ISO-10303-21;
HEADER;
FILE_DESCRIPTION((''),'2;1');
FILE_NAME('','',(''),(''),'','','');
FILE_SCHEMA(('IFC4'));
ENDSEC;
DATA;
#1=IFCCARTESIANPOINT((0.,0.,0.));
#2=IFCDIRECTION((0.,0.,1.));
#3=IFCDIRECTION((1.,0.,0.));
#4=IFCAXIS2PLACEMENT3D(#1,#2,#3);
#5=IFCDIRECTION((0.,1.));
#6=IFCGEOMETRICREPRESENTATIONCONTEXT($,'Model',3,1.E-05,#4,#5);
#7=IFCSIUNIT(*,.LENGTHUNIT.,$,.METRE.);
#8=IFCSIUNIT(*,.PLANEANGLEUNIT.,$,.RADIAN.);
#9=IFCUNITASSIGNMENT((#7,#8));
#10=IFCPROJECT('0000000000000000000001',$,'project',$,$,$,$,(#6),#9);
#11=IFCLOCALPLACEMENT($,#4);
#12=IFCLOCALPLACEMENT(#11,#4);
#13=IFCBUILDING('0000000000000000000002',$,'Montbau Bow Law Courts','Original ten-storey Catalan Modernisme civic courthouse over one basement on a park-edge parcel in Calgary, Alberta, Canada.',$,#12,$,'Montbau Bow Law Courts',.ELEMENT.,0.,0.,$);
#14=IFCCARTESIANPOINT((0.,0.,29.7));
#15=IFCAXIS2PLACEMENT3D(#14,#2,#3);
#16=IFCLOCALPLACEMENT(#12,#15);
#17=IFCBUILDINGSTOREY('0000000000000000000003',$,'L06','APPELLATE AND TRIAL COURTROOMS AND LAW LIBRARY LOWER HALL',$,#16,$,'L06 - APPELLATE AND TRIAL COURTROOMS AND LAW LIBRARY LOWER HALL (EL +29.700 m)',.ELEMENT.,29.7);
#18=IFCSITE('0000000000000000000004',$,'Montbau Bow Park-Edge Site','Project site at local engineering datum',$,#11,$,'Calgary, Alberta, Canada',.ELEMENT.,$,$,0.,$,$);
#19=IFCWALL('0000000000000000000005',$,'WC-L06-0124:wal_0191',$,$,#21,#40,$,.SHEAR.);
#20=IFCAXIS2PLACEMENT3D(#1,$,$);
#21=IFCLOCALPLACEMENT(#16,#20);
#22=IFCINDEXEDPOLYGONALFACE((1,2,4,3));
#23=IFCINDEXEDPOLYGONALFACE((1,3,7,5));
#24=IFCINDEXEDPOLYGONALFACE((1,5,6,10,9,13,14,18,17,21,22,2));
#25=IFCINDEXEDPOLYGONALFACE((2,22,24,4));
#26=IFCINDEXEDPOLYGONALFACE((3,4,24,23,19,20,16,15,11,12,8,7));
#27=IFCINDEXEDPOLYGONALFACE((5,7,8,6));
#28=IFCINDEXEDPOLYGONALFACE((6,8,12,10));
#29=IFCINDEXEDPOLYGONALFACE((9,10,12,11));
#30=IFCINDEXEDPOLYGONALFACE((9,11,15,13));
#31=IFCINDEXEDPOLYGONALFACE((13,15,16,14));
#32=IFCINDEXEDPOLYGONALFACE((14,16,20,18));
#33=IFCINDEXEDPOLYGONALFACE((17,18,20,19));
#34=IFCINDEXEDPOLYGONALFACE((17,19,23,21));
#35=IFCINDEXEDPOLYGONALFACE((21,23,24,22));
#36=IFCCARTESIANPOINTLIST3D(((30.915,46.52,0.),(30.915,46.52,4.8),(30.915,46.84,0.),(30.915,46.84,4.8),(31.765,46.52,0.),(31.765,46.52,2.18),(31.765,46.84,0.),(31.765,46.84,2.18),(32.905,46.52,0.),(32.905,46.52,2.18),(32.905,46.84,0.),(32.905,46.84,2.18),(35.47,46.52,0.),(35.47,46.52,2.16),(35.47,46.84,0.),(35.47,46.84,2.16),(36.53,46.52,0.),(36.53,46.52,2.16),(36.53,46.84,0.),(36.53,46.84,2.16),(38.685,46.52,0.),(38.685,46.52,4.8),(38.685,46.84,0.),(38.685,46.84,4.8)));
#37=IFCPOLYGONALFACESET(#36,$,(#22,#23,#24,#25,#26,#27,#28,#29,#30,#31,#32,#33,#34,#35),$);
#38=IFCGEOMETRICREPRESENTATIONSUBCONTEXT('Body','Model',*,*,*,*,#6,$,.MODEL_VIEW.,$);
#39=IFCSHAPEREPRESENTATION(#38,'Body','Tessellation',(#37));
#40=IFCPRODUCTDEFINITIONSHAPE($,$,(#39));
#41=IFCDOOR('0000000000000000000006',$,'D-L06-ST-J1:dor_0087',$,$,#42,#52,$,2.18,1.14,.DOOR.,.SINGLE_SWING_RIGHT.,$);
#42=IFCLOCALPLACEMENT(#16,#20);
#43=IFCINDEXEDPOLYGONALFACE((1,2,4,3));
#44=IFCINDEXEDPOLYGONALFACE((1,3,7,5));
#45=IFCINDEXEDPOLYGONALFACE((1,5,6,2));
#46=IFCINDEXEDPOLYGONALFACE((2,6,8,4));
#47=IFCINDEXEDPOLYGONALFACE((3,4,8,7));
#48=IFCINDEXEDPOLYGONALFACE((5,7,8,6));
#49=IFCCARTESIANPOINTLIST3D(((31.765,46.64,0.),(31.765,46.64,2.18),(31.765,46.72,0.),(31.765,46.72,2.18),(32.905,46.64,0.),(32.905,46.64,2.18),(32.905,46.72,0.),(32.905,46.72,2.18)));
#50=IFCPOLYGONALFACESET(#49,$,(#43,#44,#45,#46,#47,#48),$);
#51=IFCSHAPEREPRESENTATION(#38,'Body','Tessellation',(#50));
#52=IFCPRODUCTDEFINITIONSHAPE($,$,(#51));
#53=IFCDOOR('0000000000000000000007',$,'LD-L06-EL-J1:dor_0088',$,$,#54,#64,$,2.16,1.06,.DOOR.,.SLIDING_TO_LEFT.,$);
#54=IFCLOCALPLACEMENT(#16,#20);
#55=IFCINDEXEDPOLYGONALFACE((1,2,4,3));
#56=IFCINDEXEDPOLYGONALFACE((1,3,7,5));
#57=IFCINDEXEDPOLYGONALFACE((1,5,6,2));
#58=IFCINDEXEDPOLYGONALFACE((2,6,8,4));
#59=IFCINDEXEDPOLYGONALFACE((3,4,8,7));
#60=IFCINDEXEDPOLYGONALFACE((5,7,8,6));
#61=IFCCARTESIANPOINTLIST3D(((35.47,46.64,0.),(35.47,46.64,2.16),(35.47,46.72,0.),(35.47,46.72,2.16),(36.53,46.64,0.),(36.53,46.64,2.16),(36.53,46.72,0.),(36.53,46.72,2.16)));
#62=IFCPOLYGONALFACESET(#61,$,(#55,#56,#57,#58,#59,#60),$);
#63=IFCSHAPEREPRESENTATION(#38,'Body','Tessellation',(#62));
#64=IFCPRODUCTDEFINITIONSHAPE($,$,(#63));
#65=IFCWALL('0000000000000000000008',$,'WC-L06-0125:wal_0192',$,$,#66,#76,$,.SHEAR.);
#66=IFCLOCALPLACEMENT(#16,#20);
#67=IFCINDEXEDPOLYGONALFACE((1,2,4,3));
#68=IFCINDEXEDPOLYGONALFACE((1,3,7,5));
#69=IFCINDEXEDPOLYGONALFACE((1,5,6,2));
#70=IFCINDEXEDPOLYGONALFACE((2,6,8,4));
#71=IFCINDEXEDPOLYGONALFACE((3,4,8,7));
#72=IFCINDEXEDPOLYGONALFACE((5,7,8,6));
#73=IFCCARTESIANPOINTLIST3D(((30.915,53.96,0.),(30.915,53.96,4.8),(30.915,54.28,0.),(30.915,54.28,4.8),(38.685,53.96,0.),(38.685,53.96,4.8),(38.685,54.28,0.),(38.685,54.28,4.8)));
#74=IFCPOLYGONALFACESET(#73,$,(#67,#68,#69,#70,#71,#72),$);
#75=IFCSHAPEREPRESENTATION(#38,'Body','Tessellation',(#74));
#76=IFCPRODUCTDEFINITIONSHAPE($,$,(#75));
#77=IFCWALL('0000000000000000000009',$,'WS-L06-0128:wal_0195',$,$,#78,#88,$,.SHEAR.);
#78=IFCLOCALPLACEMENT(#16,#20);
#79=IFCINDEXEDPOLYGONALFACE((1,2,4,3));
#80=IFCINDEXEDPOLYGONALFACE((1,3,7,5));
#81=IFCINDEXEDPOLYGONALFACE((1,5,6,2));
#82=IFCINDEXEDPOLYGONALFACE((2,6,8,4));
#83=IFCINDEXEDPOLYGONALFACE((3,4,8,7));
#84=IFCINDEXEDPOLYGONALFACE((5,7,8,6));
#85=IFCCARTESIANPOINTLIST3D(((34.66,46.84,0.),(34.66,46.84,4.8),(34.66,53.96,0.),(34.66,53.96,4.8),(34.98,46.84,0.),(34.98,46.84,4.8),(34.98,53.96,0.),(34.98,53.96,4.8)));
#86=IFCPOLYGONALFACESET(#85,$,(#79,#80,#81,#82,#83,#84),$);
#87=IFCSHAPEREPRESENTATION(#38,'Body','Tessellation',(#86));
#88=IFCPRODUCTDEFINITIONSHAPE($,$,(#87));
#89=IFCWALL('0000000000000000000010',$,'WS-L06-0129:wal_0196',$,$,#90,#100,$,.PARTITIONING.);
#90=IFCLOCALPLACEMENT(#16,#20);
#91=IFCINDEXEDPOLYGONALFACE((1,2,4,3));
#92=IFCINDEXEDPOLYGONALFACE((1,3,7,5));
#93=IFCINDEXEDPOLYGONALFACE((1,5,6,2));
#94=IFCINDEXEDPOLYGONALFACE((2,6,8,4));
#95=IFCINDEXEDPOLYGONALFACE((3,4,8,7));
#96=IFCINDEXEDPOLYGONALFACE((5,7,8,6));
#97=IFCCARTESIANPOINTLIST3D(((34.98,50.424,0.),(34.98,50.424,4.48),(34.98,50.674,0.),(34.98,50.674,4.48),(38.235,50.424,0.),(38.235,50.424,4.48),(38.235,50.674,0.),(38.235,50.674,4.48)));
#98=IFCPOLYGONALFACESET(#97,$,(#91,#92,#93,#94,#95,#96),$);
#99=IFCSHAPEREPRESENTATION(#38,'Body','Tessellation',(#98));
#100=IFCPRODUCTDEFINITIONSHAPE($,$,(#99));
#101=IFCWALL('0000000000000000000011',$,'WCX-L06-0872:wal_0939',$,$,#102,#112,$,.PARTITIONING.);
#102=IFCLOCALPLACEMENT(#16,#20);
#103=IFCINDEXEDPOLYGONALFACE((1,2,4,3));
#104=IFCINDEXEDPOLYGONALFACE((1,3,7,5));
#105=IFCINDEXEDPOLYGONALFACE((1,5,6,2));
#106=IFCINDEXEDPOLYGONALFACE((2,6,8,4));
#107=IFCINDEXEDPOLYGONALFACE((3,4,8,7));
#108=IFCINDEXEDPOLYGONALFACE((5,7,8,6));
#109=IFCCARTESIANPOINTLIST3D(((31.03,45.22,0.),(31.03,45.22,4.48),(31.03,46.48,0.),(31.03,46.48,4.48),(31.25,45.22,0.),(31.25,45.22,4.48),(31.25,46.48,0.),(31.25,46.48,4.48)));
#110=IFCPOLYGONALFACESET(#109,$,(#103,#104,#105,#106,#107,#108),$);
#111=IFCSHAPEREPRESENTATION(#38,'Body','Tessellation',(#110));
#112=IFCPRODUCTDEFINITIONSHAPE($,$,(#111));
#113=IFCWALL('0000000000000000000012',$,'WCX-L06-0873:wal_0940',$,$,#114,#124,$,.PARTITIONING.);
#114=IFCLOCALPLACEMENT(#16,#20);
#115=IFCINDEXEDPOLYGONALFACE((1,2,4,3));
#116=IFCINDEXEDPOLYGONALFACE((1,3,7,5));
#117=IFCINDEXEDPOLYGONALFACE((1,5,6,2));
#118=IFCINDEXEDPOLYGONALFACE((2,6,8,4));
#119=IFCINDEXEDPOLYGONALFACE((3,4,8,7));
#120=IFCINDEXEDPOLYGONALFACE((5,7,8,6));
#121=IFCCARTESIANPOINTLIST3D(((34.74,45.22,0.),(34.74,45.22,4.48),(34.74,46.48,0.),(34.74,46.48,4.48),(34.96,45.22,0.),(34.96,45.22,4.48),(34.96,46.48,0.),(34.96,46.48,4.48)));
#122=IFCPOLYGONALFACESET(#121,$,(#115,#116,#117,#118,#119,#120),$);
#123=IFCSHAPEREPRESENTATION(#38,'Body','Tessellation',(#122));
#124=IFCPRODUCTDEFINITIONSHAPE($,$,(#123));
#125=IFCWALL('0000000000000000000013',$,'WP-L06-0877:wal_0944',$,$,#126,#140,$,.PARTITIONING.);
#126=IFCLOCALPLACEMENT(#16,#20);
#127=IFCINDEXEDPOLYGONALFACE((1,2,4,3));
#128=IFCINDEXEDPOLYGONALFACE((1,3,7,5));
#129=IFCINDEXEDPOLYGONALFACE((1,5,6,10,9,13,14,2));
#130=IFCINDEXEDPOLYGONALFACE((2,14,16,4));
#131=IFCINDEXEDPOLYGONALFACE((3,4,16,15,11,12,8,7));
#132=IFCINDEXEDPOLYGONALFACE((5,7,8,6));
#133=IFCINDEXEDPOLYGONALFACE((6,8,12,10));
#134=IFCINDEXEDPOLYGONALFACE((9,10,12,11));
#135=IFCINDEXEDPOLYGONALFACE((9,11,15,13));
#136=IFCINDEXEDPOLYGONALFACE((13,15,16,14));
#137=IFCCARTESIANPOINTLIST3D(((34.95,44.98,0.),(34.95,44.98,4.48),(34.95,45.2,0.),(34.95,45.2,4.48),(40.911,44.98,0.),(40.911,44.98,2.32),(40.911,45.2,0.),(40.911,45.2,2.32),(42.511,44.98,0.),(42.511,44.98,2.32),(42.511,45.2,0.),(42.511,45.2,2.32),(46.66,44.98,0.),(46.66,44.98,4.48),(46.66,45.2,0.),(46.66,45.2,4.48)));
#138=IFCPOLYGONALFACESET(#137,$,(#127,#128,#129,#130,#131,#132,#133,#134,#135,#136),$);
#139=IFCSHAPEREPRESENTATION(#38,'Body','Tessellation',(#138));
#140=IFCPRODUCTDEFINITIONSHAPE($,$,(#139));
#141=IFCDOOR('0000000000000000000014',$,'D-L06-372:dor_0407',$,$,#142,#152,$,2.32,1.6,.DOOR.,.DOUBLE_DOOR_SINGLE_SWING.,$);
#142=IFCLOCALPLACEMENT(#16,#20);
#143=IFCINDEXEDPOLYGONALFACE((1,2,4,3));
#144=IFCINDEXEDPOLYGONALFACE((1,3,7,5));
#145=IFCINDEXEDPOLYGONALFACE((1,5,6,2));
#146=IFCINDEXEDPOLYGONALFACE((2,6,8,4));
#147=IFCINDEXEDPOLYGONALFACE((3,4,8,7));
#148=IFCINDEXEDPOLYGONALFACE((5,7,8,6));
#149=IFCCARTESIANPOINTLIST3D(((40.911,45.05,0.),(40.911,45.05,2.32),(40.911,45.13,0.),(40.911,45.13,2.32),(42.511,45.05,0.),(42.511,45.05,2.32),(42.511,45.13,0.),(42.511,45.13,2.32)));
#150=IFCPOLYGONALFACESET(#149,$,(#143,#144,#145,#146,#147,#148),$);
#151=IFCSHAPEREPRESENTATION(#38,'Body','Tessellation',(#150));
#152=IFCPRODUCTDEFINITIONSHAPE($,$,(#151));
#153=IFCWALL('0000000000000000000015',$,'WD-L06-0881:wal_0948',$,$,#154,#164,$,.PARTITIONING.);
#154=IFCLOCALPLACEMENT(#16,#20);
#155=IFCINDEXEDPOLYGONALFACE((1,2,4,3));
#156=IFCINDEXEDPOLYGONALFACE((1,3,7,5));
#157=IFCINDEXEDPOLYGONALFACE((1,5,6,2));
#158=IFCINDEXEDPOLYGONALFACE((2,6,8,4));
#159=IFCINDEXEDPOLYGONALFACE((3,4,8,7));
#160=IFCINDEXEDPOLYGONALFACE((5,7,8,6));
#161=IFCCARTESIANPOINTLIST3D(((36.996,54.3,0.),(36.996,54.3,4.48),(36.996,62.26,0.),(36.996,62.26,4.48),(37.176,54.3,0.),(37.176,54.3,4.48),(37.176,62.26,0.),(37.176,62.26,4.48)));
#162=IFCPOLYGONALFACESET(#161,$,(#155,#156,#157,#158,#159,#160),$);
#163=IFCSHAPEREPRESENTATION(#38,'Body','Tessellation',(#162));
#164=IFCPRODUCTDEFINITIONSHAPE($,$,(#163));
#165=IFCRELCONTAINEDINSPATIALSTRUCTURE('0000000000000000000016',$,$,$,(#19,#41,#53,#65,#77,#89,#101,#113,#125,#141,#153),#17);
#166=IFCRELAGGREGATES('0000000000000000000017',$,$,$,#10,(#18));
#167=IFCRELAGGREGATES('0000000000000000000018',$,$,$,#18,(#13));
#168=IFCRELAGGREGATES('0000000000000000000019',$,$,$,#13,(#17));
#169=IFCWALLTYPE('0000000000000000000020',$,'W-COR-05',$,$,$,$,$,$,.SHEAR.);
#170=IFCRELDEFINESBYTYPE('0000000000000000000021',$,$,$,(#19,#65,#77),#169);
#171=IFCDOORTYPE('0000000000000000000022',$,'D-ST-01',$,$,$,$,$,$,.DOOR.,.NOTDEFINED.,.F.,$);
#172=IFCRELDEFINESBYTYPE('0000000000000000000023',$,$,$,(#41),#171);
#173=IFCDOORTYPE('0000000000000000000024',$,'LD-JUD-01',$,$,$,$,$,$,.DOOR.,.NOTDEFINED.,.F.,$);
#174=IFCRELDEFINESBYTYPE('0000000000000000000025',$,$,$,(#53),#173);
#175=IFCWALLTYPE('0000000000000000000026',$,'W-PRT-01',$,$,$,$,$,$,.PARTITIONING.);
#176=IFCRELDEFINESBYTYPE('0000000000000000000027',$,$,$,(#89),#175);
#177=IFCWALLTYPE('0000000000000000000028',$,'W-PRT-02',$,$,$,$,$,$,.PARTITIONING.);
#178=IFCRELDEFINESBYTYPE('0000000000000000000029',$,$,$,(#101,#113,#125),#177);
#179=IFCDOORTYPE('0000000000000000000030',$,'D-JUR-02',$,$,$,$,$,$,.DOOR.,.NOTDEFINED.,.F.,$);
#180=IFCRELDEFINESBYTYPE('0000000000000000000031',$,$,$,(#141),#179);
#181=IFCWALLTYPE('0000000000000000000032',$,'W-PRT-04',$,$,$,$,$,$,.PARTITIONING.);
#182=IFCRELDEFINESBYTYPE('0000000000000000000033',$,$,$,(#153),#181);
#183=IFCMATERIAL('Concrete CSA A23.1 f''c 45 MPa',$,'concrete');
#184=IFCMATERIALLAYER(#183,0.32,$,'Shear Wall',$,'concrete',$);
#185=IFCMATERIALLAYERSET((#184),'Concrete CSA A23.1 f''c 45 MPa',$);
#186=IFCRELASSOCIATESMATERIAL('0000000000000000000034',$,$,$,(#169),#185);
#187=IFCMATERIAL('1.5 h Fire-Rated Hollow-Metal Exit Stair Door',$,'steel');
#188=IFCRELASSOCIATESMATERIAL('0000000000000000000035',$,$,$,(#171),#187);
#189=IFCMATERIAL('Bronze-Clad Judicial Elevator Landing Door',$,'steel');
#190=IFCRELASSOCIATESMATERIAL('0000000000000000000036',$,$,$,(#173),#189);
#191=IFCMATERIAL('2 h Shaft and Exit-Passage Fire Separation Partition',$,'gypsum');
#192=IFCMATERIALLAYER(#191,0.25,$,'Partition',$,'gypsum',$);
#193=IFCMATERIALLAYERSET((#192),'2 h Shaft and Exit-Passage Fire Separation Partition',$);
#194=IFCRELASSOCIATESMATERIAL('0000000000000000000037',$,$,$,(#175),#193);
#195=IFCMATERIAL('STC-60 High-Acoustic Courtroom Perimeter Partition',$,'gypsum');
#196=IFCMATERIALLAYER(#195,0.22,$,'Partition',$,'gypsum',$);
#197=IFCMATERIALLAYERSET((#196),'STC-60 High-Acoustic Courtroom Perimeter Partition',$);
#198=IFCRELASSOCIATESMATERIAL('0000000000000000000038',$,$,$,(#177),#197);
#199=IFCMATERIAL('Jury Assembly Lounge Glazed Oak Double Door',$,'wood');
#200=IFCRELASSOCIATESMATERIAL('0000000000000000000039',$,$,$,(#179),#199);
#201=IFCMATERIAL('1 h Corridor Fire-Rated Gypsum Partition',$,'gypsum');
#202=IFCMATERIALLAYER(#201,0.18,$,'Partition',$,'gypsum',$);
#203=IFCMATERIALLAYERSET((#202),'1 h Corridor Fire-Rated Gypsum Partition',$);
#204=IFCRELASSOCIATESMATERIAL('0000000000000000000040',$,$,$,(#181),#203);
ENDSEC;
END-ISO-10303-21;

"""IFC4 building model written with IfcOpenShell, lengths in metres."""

from ifc_helpers import new_model, si_unit, direction, frame, frame_2d, origin_with_axes, place, context, subcontext, project, spatial, rectangle, extrude, material, layer, layer_set, type_object, element, fill, save


model = new_model("IFC4")

# Units and contexts
model_context = context("Model", 3, precision=1e-05, world=origin_with_axes(), true_north=direction((0.0, 1.0)))
body_context = subcontext(model_context, "Body", "Model", "MODEL_VIEW")
ifc_project = project(units=[si_unit("LENGTHUNIT", "METRE"), si_unit("PLANEANGLEUNIT", "RADIAN")], contexts=[model_context])

# Site, building, storey
site_placement = place(None, origin_with_axes())
site = spatial("IfcSite", under=ifc_project, at=site_placement, Name="Montbau Bow Park-Edge Site", Description="Project site at local engineering datum", LongName="Calgary, Alberta, Canada", CompositionType="ELEMENT", RefElevation=0.0)
building_placement = place(site_placement, origin_with_axes())
building = spatial("IfcBuilding", under=site, at=building_placement, Name="Montbau Bow Law Courts", Description="Original ten-storey Catalan Modernisme civic courthouse over one basement on a park-edge parcel in Calgary, Alberta, Canada.", LongName="Montbau Bow Law Courts", CompositionType="ELEMENT", ElevationOfRefHeight=0.0, ElevationOfTerrain=0.0)
storey_placement = place(building_placement, frame((0.0, 0.0, 29.7), z_axis=(0.0, 0.0, 1.0), x_axis=(1.0, 0.0, 0.0)))
storey = spatial("IfcBuildingStorey", under=building, at=storey_placement, Name="L06", Description="APPELLATE AND TRIAL COURTROOMS AND LAW LIBRARY LOWER HALL", LongName="L06 - APPELLATE AND TRIAL COURTROOMS AND LAW LIBRARY LOWER HALL (EL +29.700 m)", CompositionType="ELEMENT", Elevation=29.7)

# Shared definitions
ifc_material_1 = material(Name="Concrete CSA A23.1 f'c 45 MPa", Category="concrete")

# Wall, openings, doors
ifc_layer_1 = layer(ifc_material_1, 0.32, Name="Shear Wall", Category="concrete")
ifc_layer_set_1 = layer_set([ifc_layer_1], Name="Concrete CSA A23.1 f'c 45 MPa")
wall_type_1 = type_object("IfcWallType", Name="W-COR-05", PredefinedType="SHEAR", material=ifc_layer_set_1)
wall_1_placement = place(None, frame((30.915, 46.68, 29.7), z_axis=(0.0, 0.0, 1.0), x_axis=(1.0, 0.0, 0.0)))
wall_1 = element("IfcWall", 1, at=wall_1_placement, inside=storey, type_object=wall_type_1, Name="WC-L06-0124:wal_0191", PredefinedType="SHEAR", context=body_context, shape_type="SweptSolid", body=[
    extrude(rectangle(XDim=7.77, YDim=0.32, at=frame_2d((3.885, 0.0), x_axis=(1.0, 0.0))), origin_with_axes(), (0.0, 0.0, 1.0), 4.8),
])
opening_1_placement = place(None, frame((32.335, 46.68, 29.7), z_axis=(0.0, 0.0, 1.0), x_axis=(1.0, 0.0, 0.0)))
opening_1 = element("IfcOpeningElement", 2, at=opening_1_placement, cuts=wall_1, PredefinedType="OPENING", context=body_context, shape_type="SweptSolid", body=[
    extrude(rectangle(XDim=1.14, YDim=2.18, at=frame_2d((0.0, 1.09), x_axis=(1.0, 0.0))), frame((0.0, 0.17, 0.0), z_axis=(0.0, -1.0, 0.0), x_axis=(1.0, 0.0, 0.0)), (0.0, 0.0, 1.0), 0.34),
])
opening_2_placement = place(None, frame((36.0, 46.68, 29.7), z_axis=(0.0, 0.0, 1.0), x_axis=(1.0, 0.0, 0.0)))
opening_2 = element("IfcOpeningElement", 3, at=opening_2_placement, cuts=wall_1, PredefinedType="OPENING", context=body_context, shape_type="SweptSolid", body=[
    extrude(rectangle(XDim=1.06, YDim=2.16, at=frame_2d((0.0, 1.08), x_axis=(1.0, 0.0))), frame((0.0, 0.17, 0.0), z_axis=(0.0, -1.0, 0.0), x_axis=(1.0, 0.0, 0.0)), (0.0, 0.0, 1.0), 0.34),
])
ifc_material_2 = material(Name="1.5 h Fire-Rated Hollow-Metal Exit Stair Door", Category="steel")
door_type_1 = type_object("IfcDoorType", Name="D-ST-01", OperationType="NOTDEFINED", ParameterTakesPrecedence=False, PredefinedType="DOOR", material=ifc_material_2)
door_1_placement = place(None, frame((32.335, 46.68, 29.7), z_axis=(0.0, 0.0, 1.0), x_axis=(-1.0, 0.0, 0.0)))
door_1 = element("IfcDoor", 4, at=door_1_placement, inside=storey, type_object=door_type_1, Name="D-L06-ST-J1:dor_0087", OperationType="SINGLE_SWING_RIGHT", OverallHeight=2.18, OverallWidth=1.14, PredefinedType="DOOR", context=body_context, shape_type="SweptSolid", body=[
    extrude(rectangle(XDim=1.14, YDim=2.18, at=frame_2d((0.0, 1.09), x_axis=(1.0, 0.0))), frame((0.0, 0.04, 0.0), z_axis=(0.0, -1.0, 0.0), x_axis=(1.0, 0.0, 0.0)), (0.0, 0.0, 1.0), 0.08),
])
fill(opening_1, door_1)
ifc_material_3 = material(Name="Bronze-Clad Judicial Elevator Landing Door", Category="steel")
door_type_2 = type_object("IfcDoorType", Name="LD-JUD-01", OperationType="NOTDEFINED", ParameterTakesPrecedence=False, PredefinedType="DOOR", material=ifc_material_3)
door_2_placement = place(None, frame((36.0, 46.68, 29.7), z_axis=(0.0, 0.0, 1.0), x_axis=(-1.0, 0.0, 0.0)))
door_2 = element("IfcDoor", 5, at=door_2_placement, inside=storey, type_object=door_type_2, Name="LD-L06-EL-J1:dor_0088", OperationType="SLIDING_TO_LEFT", OverallHeight=2.16, OverallWidth=1.06, PredefinedType="DOOR", context=body_context, shape_type="SweptSolid", body=[
    extrude(rectangle(XDim=1.06, YDim=2.16, at=frame_2d((0.0, 1.08), x_axis=(1.0, 0.0))), frame((0.0, 0.04, 0.0), z_axis=(0.0, -1.0, 0.0), x_axis=(1.0, 0.0, 0.0)), (0.0, 0.0, 1.0), 0.08),
])
fill(opening_2, door_2)

# Walls
wall_2_placement = place(None, frame((38.685, 54.12, 29.7), z_axis=(0.0, 0.0, 1.0), x_axis=(-1.0, 0.0, 0.0)))
element("IfcWall", 6, at=wall_2_placement, inside=storey, type_object=wall_type_1, Name="WC-L06-0125:wal_0192", PredefinedType="SHEAR", context=body_context, shape_type="SweptSolid", body=[
    extrude(rectangle(XDim=7.77, YDim=0.32, at=frame_2d((3.885, 0.0), x_axis=(1.0, 0.0))), origin_with_axes(), (0.0, 0.0, 1.0), 4.8),
])
wall_3_placement = place(None, frame((34.82, 46.84, 29.7), z_axis=(0.0, 0.0, 1.0), x_axis=(0.0, 1.0, 0.0)))
element("IfcWall", 7, at=wall_3_placement, inside=storey, type_object=wall_type_1, Name="WS-L06-0128:wal_0195", PredefinedType="SHEAR", context=body_context, shape_type="SweptSolid", body=[
    extrude(rectangle(XDim=7.12, YDim=0.32, at=frame_2d((3.56, 0.0), x_axis=(1.0, 0.0))), origin_with_axes(), (0.0, 0.0, 1.0), 4.8),
])
ifc_material_4 = material(Name="2 h Shaft and Exit-Passage Fire Separation Partition", Category="gypsum")
ifc_layer_2 = layer(ifc_material_4, 0.25, Name="Partition", Category="gypsum")
ifc_layer_set_2 = layer_set([ifc_layer_2], Name="2 h Shaft and Exit-Passage Fire Separation Partition")
wall_type_2 = type_object("IfcWallType", Name="W-PRT-01", PredefinedType="PARTITIONING", material=ifc_layer_set_2)
wall_4_placement = place(None, frame((34.98, 50.549, 29.7), z_axis=(0.0, 0.0, 1.0), x_axis=(1.0, 0.0, 0.0)))
element("IfcWall", 8, at=wall_4_placement, inside=storey, type_object=wall_type_2, Name="WS-L06-0129:wal_0196", PredefinedType="PARTITIONING", context=body_context, shape_type="SweptSolid", body=[
    extrude(rectangle(XDim=3.255, YDim=0.25, at=frame_2d((1.6275, 0.0), x_axis=(1.0, 0.0))), origin_with_axes(), (0.0, 0.0, 1.0), 4.48),
])
ifc_material_5 = material(Name="STC-60 High-Acoustic Courtroom Perimeter Partition", Category="gypsum")
ifc_layer_3 = layer(ifc_material_5, 0.22, Name="Partition", Category="gypsum")
ifc_layer_set_3 = layer_set([ifc_layer_3], Name="STC-60 High-Acoustic Courtroom Perimeter Partition")
wall_type_3 = type_object("IfcWallType", Name="W-PRT-02", PredefinedType="PARTITIONING", material=ifc_layer_set_3)
for number, where, z_axis, x_axis, name in (
    (9, (31.14, 45.22, 29.7), (0.0, 0.0, 1.0), (0.0, 1.0, 0.0), "WCX-L06-0872:wal_0939"),
    (10, (34.85, 45.22, 29.7), (0.0, 0.0, 1.0), (0.0, 1.0, 0.0), "WCX-L06-0873:wal_0940"),
):
    element("IfcWall", number, at=place(None, frame(where, z_axis=z_axis, x_axis=x_axis)), inside=storey, type_object=wall_type_3, Name=name, PredefinedType="PARTITIONING", context=body_context, shape_type="SweptSolid", body=[
        extrude(rectangle(XDim=1.26, YDim=0.22, at=frame_2d((0.63, 0.0), x_axis=(1.0, 0.0))), origin_with_axes(), (0.0, 0.0, 1.0), 4.48),
    ])

# Wall, opening, door
wall_5_placement = place(None, frame((34.95, 45.09, 29.7), z_axis=(0.0, 0.0, 1.0), x_axis=(1.0, 0.0, 0.0)))
wall_5 = element("IfcWall", 11, at=wall_5_placement, inside=storey, type_object=wall_type_3, Name="WP-L06-0877:wal_0944", PredefinedType="PARTITIONING", context=body_context, shape_type="SweptSolid", body=[
    extrude(rectangle(XDim=11.71, YDim=0.22, at=frame_2d((5.855, 0.0), x_axis=(1.0, 0.0))), origin_with_axes(), (0.0, 0.0, 1.0), 4.48),
])
opening_3_placement = place(None, frame((41.711, 45.09, 29.7), z_axis=(0.0, 0.0, 1.0), x_axis=(1.0, 0.0, 0.0)))
opening_3 = element("IfcOpeningElement", 12, at=opening_3_placement, cuts=wall_5, PredefinedType="OPENING", context=body_context, shape_type="SweptSolid", body=[
    extrude(rectangle(XDim=1.6, YDim=2.32, at=frame_2d((0.0, 1.16), x_axis=(1.0, 0.0))), frame((0.0, 0.12, 0.0), z_axis=(0.0, -1.0, 0.0), x_axis=(1.0, 0.0, 0.0)), (0.0, 0.0, 1.0), 0.24),
])
ifc_material_6 = material(Name="Jury Assembly Lounge Glazed Oak Double Door", Category="wood")
door_type_3 = type_object("IfcDoorType", Name="D-JUR-02", OperationType="NOTDEFINED", ParameterTakesPrecedence=False, PredefinedType="DOOR", material=ifc_material_6)
door_3_placement = place(None, frame((41.711, 45.09, 29.7), z_axis=(0.0, 0.0, 1.0), x_axis=(-1.0, 0.0, 0.0)))
door_3 = element("IfcDoor", 13, at=door_3_placement, inside=storey, type_object=door_type_3, Name="D-L06-372:dor_0407", OperationType="DOUBLE_DOOR_SINGLE_SWING", OverallHeight=2.32, OverallWidth=1.6, PredefinedType="DOOR", context=body_context, shape_type="SweptSolid", body=[
    extrude(rectangle(XDim=1.6, YDim=2.32, at=frame_2d((0.0, 1.16), x_axis=(1.0, 0.0))), frame((0.0, 0.04, 0.0), z_axis=(0.0, -1.0, 0.0), x_axis=(1.0, 0.0, 0.0)), (0.0, 0.0, 1.0), 0.08),
])
fill(opening_3, door_3)

# Wall
ifc_material_7 = material(Name="1 h Corridor Fire-Rated Gypsum Partition", Category="gypsum")
ifc_layer_4 = layer(ifc_material_7, 0.18, Name="Partition", Category="gypsum")
ifc_layer_set_4 = layer_set([ifc_layer_4], Name="1 h Corridor Fire-Rated Gypsum Partition")
wall_type_4 = type_object("IfcWallType", Name="W-PRT-04", PredefinedType="PARTITIONING", material=ifc_layer_set_4)
wall_6_placement = place(None, frame((37.086, 54.3, 29.7), z_axis=(0.0, 0.0, 1.0), x_axis=(0.0, 1.0, 0.0)))
element("IfcWall", 14, at=wall_6_placement, inside=storey, type_object=wall_type_4, Name="WD-L06-0881:wal_0948", PredefinedType="PARTITIONING", context=body_context, shape_type="SweptSolid", body=[
    extrude(rectangle(XDim=7.96, YDim=0.18, at=frame_2d((3.98, 0.0), x_axis=(1.0, 0.0))), origin_with_axes(), (0.0, 0.0, 1.0), 4.48),
])

save(model, "model.ifc")
